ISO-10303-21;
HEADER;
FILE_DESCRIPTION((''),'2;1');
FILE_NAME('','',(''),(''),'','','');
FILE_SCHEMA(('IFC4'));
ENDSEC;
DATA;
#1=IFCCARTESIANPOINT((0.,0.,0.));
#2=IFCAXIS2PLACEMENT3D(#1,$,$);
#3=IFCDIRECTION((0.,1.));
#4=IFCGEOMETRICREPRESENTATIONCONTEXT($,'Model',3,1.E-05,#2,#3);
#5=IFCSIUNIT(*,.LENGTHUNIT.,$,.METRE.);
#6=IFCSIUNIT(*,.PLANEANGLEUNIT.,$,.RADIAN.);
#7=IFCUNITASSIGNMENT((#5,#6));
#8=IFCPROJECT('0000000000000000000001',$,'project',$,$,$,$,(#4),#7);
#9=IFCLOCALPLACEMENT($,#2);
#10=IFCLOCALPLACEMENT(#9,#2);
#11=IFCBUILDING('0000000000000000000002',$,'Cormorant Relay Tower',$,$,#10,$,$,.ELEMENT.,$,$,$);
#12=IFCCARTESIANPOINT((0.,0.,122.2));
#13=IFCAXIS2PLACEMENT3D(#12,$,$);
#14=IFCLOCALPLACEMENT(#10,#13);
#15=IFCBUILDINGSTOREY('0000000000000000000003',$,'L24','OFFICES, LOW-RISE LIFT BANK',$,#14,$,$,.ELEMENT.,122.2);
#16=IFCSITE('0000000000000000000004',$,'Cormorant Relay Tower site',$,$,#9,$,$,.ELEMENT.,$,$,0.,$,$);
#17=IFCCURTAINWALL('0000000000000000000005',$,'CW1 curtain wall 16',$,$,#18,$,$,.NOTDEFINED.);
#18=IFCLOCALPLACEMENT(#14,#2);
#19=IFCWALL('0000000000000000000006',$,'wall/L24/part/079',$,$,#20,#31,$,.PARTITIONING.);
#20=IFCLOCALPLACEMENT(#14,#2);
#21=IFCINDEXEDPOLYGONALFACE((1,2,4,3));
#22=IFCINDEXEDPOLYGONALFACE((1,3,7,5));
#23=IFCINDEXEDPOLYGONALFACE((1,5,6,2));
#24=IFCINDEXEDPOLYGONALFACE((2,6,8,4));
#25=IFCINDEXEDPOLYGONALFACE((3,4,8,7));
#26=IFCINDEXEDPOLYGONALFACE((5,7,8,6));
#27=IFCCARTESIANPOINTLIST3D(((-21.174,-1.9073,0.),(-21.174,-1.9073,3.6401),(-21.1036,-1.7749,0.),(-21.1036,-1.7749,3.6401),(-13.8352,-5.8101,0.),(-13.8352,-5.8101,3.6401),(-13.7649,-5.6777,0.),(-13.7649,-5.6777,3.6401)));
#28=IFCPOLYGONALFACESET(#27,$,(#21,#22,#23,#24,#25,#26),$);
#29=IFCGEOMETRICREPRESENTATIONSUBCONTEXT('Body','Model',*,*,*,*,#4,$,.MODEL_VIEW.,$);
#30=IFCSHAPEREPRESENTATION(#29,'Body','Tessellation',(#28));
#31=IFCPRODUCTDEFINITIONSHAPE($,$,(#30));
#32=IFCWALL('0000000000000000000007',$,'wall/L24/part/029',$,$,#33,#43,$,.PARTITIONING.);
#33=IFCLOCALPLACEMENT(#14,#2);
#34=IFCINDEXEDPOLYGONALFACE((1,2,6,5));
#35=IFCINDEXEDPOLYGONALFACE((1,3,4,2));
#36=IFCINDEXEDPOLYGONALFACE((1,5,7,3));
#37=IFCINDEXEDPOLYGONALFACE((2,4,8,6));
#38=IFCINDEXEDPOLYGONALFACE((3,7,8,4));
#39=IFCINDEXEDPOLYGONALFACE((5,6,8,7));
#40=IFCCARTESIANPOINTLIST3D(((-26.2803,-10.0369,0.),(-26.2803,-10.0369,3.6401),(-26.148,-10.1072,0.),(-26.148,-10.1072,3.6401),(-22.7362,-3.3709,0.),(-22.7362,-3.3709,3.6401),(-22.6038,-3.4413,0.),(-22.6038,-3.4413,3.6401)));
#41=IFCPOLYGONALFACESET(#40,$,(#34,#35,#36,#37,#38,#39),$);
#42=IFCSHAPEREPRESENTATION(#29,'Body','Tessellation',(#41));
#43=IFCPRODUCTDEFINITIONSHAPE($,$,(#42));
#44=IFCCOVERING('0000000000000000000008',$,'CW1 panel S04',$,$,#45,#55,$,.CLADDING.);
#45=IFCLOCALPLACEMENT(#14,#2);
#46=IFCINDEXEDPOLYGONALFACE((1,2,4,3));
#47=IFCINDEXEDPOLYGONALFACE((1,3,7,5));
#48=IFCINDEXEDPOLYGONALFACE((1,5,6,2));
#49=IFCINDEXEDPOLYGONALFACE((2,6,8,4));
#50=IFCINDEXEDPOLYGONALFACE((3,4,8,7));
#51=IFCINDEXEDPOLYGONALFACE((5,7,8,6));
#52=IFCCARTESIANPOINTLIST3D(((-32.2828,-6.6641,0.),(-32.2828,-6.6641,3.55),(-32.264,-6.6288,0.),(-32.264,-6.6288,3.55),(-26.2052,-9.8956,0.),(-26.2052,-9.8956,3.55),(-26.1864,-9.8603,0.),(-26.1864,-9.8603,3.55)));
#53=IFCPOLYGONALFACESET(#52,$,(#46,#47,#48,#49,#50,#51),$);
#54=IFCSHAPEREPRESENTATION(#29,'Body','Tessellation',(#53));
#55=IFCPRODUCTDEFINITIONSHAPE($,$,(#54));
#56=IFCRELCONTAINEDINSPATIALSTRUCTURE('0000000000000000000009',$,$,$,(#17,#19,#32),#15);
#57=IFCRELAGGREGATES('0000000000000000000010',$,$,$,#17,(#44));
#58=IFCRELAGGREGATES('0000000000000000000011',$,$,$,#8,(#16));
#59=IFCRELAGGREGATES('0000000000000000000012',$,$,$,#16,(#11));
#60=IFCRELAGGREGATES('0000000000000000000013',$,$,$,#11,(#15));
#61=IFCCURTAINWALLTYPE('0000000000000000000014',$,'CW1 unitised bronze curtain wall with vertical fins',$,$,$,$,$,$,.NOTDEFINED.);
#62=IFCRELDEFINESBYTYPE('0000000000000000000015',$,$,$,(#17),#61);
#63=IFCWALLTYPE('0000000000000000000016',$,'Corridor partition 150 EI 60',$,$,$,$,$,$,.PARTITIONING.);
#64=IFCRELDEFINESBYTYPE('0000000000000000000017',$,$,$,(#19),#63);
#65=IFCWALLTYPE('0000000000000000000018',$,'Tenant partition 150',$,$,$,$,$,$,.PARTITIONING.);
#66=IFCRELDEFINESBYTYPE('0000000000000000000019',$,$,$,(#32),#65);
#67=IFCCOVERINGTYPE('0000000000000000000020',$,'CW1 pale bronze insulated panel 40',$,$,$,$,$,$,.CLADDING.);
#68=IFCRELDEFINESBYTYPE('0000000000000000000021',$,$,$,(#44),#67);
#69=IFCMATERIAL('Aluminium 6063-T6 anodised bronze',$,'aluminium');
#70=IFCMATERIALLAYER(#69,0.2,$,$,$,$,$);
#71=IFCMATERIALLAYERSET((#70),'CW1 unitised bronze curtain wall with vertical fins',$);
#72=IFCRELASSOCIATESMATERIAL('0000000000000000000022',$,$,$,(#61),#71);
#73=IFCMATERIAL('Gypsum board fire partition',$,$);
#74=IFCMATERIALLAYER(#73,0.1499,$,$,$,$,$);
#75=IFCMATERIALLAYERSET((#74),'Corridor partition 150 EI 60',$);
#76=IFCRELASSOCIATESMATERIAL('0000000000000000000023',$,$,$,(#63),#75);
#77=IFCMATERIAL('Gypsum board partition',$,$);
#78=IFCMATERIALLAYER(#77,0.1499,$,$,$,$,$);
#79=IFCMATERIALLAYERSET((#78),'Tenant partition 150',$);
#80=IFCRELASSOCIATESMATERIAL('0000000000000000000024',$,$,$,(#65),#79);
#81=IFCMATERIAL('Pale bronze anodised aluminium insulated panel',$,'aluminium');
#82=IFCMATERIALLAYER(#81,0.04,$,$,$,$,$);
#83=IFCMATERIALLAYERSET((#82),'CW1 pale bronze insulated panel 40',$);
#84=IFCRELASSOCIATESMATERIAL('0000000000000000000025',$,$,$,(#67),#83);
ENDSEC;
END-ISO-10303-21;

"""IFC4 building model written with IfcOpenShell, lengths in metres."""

from ifc_helpers import new_model, si_unit, direction, frame, frame_2d, origin, origin_2d, place, context, subcontext, project, spatial, rectangle, extrude, material, layer, layer_set, type_object, element, aggregate, save


model = new_model("IFC4")

# Units and contexts
model_context = context("Model", 3, precision=1e-05, world=origin(), true_north=direction((0.0, 1.0)))
body_context = subcontext(model_context, "Body", "Model", "MODEL_VIEW")
ifc_project = project(units=[si_unit("LENGTHUNIT", "METRE"), si_unit("PLANEANGLEUNIT", "RADIAN")], contexts=[model_context])

# Site, building, storey
site_placement = place(None, origin())
site = spatial("IfcSite", under=ifc_project, at=site_placement, Name="Cormorant Relay Tower site", CompositionType="ELEMENT", RefElevation=0.0)
building_placement = place(site_placement, origin())
building = spatial("IfcBuilding", under=site, at=building_placement, Name="Cormorant Relay Tower", CompositionType="ELEMENT")
storey_placement = place(building_placement, frame((0.0, 0.0, 122.2)))
storey = spatial("IfcBuildingStorey", under=building, at=storey_placement, Name="L24", Description="OFFICES, LOW-RISE LIFT BANK", CompositionType="ELEMENT", Elevation=122.2)

# Curtain wall
ifc_material_1 = material(Name="Aluminium 6063-T6 anodised bronze", Category="aluminium")
ifc_layer_1 = layer(ifc_material_1, 0.2)
ifc_layer_set_1 = layer_set([ifc_layer_1], Name="CW1 unitised bronze curtain wall with vertical fins")
curtain_wall_type = type_object("IfcCurtainWallType", Name="CW1 unitised bronze curtain wall with vertical fins", PredefinedType="NOTDEFINED", material=ifc_layer_set_1)
curtain_wall_placement = place(storey_placement, origin())
curtain_wall = element("IfcCurtainWall", 1, at=curtain_wall_placement, inside=storey, type_object=curtain_wall_type, Name="CW1 curtain wall 16", PredefinedType="NOTDEFINED")

# Shared definitions
ifc_material_2 = material(Name="Gypsum board fire partition")
ifc_layer_2 = layer(ifc_material_2, 0.1499)
ifc_layer_set_2 = layer_set([ifc_layer_2], Name="Corridor partition 150 EI 60")
wall_type_1 = type_object("IfcWallType", Name="Corridor partition 150 EI 60", PredefinedType="PARTITIONING", material=ifc_layer_set_2)

# Walls
wall_1_placement = place(storey_placement, frame((-13.8, -5.7439, 0.0), z_axis=(0.0, 0.0, 1.0), x_axis=(-0.882913, 0.469536, 0.0)))
element("IfcWall", 2, at=wall_1_placement, inside=storey, type_object=wall_type_1, Name="wall/L24/part/079", PredefinedType="PARTITIONING", context=body_context, shape_type="SweptSolid", body=[
    extrude(rectangle(XDim=8.312, YDim=0.1499, at=frame_2d((4.156, 0.0))), origin(), (0.0, 0.0, 1.0), 3.6401),
])
ifc_material_3 = material(Name="Gypsum board partition")
ifc_layer_3 = layer(ifc_material_3, 0.1499)
ifc_layer_set_3 = layer_set([ifc_layer_3], Name="Tenant partition 150")
wall_type_2 = type_object("IfcWallType", Name="Tenant partition 150", PredefinedType="PARTITIONING", material=ifc_layer_set_3)
wall_2_placement = place(storey_placement, frame((-22.6699, -3.406, 0.0), z_axis=(0.0, 0.0, 1.0), x_axis=(-0.469452, -0.882958, 0.0)))
element("IfcWall", 3, at=wall_2_placement, inside=storey, type_object=wall_type_2, Name="wall/L24/part/029", PredefinedType="PARTITIONING", context=body_context, shape_type="SweptSolid", body=[
    extrude(rectangle(XDim=7.5496, YDim=0.1499, at=frame_2d((3.7749, 0.0))), origin(), (0.0, 0.0, 1.0), 3.6401),
])

# Covering
ifc_material_4 = material(Name="Pale bronze anodised aluminium insulated panel", Category="aluminium")
ifc_layer_4 = layer(ifc_material_4, 0.04)
ifc_layer_set_4 = layer_set([ifc_layer_4], Name="CW1 pale bronze insulated panel 40")
covering_type = type_object("IfcCoveringType", Name="CW1 pale bronze insulated panel 40", PredefinedType="CLADDING", material=ifc_layer_set_4)
covering_placement = place(storey_placement, frame((-29.2346, -8.2622, 0.0), z_axis=(0.0, 0.0, 1.0), x_axis=(0.882948, -0.469472, 0.0)))
covering = element("IfcCovering", 4, at=covering_placement, type_object=covering_type, Name="CW1 panel S04", PredefinedType="CLADDING", context=body_context, shape_type="SweptSolid", body=[
    extrude(rectangle(XDim=6.8833, YDim=0.04, at=origin_2d()), origin(), (0.0, 0.0, 1.0), 3.55),
])
aggregate(curtain_wall, [covering])

save(model, "model.ifc")
